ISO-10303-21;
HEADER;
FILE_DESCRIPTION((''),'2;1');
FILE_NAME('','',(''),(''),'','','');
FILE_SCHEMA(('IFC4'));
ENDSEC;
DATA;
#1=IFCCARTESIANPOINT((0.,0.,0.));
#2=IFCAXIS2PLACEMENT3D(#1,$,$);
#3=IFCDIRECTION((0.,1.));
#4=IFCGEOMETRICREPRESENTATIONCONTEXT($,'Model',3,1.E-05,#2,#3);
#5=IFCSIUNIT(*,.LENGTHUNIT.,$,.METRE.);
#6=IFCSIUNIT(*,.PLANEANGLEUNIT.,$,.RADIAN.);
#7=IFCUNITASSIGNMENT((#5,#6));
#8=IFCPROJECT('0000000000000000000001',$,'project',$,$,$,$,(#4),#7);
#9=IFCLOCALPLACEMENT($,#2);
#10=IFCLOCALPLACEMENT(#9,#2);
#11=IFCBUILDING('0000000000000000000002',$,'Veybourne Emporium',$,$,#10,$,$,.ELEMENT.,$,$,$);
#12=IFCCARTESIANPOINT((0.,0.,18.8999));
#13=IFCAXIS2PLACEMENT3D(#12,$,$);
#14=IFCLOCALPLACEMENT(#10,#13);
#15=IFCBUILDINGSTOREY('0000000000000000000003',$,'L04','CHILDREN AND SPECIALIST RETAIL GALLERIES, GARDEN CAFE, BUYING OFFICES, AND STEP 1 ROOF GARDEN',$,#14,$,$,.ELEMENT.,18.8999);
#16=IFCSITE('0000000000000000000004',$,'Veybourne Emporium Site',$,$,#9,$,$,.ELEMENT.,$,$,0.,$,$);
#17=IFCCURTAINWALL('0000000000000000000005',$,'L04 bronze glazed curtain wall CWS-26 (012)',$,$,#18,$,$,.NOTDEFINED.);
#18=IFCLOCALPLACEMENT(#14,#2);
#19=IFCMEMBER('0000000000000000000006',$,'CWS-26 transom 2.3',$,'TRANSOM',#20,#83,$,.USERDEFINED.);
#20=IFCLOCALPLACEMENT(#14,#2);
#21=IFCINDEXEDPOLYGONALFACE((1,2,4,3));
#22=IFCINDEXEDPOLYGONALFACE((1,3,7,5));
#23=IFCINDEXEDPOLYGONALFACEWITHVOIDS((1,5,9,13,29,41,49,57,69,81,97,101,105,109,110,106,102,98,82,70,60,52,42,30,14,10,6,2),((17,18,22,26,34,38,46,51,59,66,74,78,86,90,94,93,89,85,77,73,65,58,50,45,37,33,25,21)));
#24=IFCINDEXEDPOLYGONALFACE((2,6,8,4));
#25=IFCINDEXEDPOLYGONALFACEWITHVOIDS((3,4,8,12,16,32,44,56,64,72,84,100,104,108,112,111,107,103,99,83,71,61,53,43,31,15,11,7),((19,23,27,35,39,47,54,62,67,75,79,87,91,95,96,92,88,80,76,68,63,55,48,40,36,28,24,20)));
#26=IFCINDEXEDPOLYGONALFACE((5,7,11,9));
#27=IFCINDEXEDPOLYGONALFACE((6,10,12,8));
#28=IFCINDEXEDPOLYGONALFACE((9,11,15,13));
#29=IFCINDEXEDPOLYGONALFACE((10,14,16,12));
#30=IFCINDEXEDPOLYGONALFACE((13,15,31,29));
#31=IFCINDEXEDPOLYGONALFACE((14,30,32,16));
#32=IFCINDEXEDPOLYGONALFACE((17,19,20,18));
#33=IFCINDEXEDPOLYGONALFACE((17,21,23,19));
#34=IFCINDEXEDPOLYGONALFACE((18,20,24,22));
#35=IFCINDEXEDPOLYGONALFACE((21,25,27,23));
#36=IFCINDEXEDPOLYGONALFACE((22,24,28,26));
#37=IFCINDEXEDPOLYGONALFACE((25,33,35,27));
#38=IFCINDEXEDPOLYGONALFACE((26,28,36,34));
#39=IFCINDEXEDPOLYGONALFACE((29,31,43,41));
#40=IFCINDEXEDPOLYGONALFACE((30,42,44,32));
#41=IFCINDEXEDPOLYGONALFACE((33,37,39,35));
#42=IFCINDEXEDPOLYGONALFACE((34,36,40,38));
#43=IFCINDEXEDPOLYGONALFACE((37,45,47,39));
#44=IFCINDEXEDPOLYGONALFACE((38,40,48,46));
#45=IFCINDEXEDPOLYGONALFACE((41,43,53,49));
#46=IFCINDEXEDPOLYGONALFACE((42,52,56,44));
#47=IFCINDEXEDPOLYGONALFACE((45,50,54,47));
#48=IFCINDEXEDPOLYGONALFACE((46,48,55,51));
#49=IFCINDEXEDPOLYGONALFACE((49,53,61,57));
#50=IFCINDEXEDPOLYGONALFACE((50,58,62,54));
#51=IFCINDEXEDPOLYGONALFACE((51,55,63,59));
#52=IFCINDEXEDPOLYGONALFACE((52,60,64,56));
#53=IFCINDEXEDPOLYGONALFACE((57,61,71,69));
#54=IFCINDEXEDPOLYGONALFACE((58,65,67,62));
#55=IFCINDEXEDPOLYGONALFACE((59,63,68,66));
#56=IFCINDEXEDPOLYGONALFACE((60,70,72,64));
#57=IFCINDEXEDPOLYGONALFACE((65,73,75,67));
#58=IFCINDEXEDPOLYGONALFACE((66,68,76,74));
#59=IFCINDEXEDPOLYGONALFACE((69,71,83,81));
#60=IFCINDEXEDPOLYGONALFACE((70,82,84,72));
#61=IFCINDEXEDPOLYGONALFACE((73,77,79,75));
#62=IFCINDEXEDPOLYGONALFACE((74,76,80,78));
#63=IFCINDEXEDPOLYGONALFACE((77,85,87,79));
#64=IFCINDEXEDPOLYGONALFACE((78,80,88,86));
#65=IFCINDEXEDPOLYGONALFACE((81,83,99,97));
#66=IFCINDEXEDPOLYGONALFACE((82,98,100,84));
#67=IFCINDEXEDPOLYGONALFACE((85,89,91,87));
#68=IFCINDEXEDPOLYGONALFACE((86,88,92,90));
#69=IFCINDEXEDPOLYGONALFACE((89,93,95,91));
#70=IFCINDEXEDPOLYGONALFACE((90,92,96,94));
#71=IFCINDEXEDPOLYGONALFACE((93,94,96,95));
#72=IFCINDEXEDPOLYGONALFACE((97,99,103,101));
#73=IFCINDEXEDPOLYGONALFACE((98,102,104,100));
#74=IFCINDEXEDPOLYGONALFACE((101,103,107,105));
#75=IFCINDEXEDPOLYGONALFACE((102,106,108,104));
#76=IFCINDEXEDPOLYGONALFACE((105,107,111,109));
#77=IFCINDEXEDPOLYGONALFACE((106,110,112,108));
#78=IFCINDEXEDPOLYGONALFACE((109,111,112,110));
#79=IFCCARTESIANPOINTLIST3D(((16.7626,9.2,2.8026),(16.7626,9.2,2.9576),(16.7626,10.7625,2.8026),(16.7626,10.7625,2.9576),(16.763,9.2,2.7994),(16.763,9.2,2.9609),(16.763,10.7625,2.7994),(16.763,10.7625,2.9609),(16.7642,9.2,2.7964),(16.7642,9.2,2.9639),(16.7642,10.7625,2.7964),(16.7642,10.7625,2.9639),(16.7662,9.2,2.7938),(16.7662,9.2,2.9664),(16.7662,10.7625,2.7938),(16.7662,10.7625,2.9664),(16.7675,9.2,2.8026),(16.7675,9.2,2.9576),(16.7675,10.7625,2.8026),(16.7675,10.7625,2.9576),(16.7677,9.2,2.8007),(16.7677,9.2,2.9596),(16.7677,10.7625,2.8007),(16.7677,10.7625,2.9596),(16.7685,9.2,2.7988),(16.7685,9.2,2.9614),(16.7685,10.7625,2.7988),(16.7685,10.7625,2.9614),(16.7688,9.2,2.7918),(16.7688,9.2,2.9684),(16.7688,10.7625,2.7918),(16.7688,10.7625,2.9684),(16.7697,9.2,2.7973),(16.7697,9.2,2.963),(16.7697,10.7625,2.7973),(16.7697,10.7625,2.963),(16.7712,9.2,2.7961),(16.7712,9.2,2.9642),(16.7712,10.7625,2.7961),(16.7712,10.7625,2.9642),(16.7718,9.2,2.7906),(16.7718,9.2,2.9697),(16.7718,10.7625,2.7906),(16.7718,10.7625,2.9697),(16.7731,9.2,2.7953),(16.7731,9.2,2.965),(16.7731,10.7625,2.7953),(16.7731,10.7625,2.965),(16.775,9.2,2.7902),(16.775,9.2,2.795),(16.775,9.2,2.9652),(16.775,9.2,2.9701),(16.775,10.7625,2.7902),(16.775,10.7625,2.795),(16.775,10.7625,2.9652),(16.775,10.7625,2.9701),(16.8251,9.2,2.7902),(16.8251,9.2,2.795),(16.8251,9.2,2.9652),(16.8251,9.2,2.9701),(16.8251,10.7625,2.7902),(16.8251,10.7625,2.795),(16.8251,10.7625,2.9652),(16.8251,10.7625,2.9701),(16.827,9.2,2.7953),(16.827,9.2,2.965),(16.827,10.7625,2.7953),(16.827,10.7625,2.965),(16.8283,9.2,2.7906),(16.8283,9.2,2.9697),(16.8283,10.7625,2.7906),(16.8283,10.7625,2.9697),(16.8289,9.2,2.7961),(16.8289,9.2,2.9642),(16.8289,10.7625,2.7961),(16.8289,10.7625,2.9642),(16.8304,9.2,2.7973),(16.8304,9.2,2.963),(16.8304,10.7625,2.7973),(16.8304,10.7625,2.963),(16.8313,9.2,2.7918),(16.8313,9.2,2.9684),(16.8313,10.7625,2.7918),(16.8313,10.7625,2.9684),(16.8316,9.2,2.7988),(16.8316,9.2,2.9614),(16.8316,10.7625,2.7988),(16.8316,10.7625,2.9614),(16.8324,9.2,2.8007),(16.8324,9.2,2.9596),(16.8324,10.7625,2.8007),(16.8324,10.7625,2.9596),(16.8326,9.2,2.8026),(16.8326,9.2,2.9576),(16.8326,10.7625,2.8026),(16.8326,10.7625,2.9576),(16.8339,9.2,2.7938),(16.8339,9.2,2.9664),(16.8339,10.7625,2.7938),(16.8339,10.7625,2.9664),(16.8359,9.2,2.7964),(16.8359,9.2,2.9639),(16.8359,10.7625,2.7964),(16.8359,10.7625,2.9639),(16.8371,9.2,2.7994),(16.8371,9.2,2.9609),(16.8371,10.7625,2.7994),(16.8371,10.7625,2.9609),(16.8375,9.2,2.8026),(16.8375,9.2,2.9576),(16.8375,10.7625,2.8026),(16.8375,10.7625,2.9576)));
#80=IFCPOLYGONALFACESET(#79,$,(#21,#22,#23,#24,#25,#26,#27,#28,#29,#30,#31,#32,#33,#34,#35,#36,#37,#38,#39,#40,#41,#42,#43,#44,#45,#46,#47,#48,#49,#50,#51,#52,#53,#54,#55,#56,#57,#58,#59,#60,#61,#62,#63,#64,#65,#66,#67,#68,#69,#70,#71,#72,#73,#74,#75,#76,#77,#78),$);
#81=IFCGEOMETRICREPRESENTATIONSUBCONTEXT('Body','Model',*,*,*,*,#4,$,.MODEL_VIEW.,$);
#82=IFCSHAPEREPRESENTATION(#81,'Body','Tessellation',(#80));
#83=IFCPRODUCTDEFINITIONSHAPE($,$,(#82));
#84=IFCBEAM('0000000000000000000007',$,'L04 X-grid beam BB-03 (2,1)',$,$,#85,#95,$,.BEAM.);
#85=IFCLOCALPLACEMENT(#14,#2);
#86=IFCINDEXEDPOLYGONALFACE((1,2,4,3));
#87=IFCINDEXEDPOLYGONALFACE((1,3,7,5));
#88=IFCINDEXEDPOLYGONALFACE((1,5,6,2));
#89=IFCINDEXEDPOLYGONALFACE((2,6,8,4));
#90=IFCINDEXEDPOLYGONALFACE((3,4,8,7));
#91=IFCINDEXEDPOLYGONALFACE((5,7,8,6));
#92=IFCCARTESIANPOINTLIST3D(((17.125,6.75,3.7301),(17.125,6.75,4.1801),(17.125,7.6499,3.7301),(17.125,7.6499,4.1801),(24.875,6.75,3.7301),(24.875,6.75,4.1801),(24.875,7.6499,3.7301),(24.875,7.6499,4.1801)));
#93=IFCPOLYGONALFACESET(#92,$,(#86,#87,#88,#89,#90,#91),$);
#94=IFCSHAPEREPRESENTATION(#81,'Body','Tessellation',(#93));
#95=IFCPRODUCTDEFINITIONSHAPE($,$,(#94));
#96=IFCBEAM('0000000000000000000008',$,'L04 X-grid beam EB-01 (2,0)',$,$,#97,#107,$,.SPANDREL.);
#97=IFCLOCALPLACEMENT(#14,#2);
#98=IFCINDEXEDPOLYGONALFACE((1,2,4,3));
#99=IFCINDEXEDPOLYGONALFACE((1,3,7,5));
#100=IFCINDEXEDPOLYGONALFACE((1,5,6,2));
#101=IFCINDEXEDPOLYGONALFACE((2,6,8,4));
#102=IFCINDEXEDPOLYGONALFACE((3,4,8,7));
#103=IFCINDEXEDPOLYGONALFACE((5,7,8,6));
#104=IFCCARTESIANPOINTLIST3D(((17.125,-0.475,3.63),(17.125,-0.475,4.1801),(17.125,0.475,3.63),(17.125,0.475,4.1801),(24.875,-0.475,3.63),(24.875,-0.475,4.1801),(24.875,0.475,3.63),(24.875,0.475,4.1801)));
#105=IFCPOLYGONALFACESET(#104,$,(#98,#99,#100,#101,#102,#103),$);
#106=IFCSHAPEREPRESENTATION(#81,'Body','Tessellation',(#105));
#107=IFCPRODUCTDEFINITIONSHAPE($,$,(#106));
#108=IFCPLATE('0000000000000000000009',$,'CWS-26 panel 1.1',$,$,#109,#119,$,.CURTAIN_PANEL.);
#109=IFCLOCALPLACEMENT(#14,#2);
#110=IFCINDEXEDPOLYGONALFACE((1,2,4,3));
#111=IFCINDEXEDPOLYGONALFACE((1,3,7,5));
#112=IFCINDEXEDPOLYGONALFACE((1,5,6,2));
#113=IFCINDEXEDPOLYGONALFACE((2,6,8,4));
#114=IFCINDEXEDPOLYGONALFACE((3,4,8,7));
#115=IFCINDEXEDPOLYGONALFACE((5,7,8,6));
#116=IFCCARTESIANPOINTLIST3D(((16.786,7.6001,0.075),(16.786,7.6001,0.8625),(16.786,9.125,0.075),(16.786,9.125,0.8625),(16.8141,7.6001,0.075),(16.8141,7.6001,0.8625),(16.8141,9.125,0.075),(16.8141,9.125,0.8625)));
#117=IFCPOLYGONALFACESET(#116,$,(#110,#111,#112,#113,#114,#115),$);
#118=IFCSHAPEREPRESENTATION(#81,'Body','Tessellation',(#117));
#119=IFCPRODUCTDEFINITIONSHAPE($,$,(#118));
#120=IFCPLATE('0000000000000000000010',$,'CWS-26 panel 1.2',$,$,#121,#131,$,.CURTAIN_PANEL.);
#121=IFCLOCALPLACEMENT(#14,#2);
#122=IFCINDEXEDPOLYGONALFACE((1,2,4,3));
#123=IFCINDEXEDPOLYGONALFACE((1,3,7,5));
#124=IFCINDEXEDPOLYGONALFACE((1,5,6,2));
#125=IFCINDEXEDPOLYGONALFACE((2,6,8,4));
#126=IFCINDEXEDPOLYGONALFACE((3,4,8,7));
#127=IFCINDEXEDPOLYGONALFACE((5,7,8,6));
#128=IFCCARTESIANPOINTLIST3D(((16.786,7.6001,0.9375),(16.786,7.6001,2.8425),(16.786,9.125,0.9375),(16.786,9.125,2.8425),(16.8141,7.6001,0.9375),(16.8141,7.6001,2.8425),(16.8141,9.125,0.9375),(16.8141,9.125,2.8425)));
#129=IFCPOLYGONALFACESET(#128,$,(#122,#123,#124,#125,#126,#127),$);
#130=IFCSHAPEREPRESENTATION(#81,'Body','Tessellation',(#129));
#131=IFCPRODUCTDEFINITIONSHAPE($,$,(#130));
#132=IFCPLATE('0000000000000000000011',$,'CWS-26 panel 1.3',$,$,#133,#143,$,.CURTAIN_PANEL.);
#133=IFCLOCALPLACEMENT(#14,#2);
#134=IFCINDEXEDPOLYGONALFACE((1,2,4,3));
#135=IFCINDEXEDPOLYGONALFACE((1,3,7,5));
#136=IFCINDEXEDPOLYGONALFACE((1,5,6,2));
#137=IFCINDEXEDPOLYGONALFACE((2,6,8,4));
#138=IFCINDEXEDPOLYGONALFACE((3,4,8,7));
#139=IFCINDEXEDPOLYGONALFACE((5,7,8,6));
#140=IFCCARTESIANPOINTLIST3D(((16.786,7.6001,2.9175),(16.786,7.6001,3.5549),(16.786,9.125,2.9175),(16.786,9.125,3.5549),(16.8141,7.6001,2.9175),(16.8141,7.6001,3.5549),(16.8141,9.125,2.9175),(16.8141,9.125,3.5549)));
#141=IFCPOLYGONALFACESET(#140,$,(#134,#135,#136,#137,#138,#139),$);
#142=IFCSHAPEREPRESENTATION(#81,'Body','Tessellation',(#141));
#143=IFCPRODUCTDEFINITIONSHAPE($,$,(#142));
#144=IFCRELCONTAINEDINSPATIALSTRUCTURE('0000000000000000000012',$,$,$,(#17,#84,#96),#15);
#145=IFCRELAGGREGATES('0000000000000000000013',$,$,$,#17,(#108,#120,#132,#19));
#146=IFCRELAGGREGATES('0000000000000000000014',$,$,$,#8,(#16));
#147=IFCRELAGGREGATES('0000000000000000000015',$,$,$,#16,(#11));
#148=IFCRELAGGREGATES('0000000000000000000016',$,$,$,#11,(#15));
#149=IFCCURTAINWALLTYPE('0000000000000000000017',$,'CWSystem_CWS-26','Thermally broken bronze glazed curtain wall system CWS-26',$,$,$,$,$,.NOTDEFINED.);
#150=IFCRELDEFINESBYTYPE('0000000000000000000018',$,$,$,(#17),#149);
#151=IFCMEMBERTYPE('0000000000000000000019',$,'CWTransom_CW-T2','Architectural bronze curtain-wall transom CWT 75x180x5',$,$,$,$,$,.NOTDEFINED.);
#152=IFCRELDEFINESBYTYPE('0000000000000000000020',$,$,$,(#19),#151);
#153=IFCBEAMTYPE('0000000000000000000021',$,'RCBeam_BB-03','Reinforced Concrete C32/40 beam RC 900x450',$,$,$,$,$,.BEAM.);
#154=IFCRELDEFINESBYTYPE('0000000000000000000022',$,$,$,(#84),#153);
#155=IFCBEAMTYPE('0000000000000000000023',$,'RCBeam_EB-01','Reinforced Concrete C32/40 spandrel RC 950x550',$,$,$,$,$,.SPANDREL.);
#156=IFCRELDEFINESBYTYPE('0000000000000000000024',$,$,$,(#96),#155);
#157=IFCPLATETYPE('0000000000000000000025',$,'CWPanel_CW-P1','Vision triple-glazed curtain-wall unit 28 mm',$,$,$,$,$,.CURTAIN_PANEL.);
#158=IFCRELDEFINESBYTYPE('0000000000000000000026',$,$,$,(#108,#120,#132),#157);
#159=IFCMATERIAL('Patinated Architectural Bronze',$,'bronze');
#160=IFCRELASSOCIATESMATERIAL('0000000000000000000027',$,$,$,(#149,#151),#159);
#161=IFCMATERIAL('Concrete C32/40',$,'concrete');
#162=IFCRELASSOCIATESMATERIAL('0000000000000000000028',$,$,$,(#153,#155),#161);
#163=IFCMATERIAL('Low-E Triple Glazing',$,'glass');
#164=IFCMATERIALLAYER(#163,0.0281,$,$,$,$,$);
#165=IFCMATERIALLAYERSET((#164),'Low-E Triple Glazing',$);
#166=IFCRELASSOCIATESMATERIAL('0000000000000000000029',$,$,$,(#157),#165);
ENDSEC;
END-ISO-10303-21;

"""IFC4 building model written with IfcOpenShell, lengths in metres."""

from ifc_helpers import new_model, si_unit, direction, frame, origin, origin_2d, place, context, subcontext, project, spatial, rectangle, hollow_rectangle, extrude, material, layer, layer_set, material_profile, profile_set, type_object, element, aggregate, save


model = new_model("IFC4")

# Units and contexts
model_context = context("Model", 3, precision=1e-05, world=origin(), true_north=direction((0.0, 1.0)))
body_context = subcontext(model_context, "Body", "Model", "MODEL_VIEW")
ifc_project = project(units=[si_unit("LENGTHUNIT", "METRE"), si_unit("PLANEANGLEUNIT", "RADIAN")], contexts=[model_context])

# Site, building, storey
site_placement = place(None, origin())
site = spatial("IfcSite", under=ifc_project, at=site_placement, Name="Veybourne Emporium Site", CompositionType="ELEMENT", RefElevation=0.0)
building_placement = place(site_placement, origin())
building = spatial("IfcBuilding", under=site, at=building_placement, Name="Veybourne Emporium", CompositionType="ELEMENT")
storey_placement = place(building_placement, frame((0.0, 0.0, 18.8999)))
storey = spatial("IfcBuildingStorey", under=building, at=storey_placement, Name="L04", Description="CHILDREN AND SPECIALIST RETAIL GALLERIES, GARDEN CAFE, BUYING OFFICES, AND STEP 1 ROOF GARDEN", CompositionType="ELEMENT", Elevation=18.8999)

# Curtain wall, member
ifc_material_1 = material(Name="Patinated Architectural Bronze", Category="bronze")
curtain_wall_type = type_object("IfcCurtainWallType", Name="CWSystem_CWS-26", Description="Thermally broken bronze glazed curtain wall system CWS-26", PredefinedType="NOTDEFINED", material=ifc_material_1)
curtain_wall_placement = place(storey_placement, origin())
curtain_wall = element("IfcCurtainWall", 1, at=curtain_wall_placement, inside=storey, type_object=curtain_wall_type, Name="L04 bronze glazed curtain wall CWS-26 (012)", PredefinedType="NOTDEFINED")
ifc_material_profile_1 = material_profile(ifc_material_1, hollow_rectangle(XDim=0.075, YDim=0.1799, WallThickness=0.0049, InnerFilletRadius=0.0076, OuterFilletRadius=0.0125, at=origin_2d()), Name="CWT 75x180x5")
ifc_profile_set_1 = profile_set([ifc_material_profile_1], Name="Patinated Architectural Bronze")
member_type_1 = type_object("IfcMemberType", Name="CWTransom_CW-T2", Description="Architectural bronze curtain-wall transom CWT 75x180x5", PredefinedType="NOTDEFINED", material=ifc_profile_set_1)
member_1_placement = place(storey_placement, frame((16.8, 9.2, 2.8801), z_axis=(0.0, 1.0, 0.0), x_axis=(-1.0, 0.0, 0.0)))
member_1 = element("IfcMember", 2, at=member_1_placement, type_object=member_type_1, Name="CWS-26 transom 2.3", ObjectType="TRANSOM", PredefinedType="USERDEFINED", context=body_context, shape_type="SweptSolid", body=[
    extrude(hollow_rectangle(XDim=0.075, YDim=0.1799, WallThickness=0.0049, InnerFilletRadius=0.0076, OuterFilletRadius=0.0125, at=origin_2d()), origin(), (0.0, 0.0, 1.0), 1.5625),
])

# Beams
ifc_material_2 = material(Name="Concrete C32/40", Category="concrete")
ifc_material_profile_2 = material_profile(ifc_material_2, rectangle(XDim=0.8999, YDim=0.45, at=origin_2d()), Name="RC 900x450")
ifc_profile_set_2 = profile_set([ifc_material_profile_2], Name="Concrete C32/40")
beam_type_1 = type_object("IfcBeamType", Name="RCBeam_BB-03", Description="Reinforced Concrete C32/40 beam RC 900x450", PredefinedType="BEAM", material=ifc_profile_set_2)
beam_1_placement = place(storey_placement, frame((17.125, 7.2, 3.9551), z_axis=(1.0, 0.0, 0.0), x_axis=(0.0, 1.0, 0.0)))
element("IfcBeam", 3, at=beam_1_placement, inside=storey, type_object=beam_type_1, Name="L04 X-grid beam BB-03 (2,1)", PredefinedType="BEAM", context=body_context, shape_type="SweptSolid", body=[
    extrude(rectangle(XDim=0.8999, YDim=0.45, at=origin_2d()), origin(), (0.0, 0.0, 1.0), 7.75),
])
ifc_material_profile_3 = material_profile(ifc_material_2, rectangle(XDim=0.95, YDim=0.55, at=origin_2d()), Name="RC 950x550")
ifc_profile_set_3 = profile_set([ifc_material_profile_3], Name="Concrete C32/40")
beam_type_2 = type_object("IfcBeamType", Name="RCBeam_EB-01", Description="Reinforced Concrete C32/40 spandrel RC 950x550", PredefinedType="SPANDREL", material=ifc_profile_set_3)
beam_2_placement = place(storey_placement, frame((17.125, 0.0, 3.905), z_axis=(1.0, 0.0, 0.0), x_axis=(0.0, 1.0, 0.0)))
element("IfcBeam", 4, at=beam_2_placement, inside=storey, type_object=beam_type_2, Name="L04 X-grid beam EB-01 (2,0)", PredefinedType="SPANDREL", context=body_context, shape_type="SweptSolid", body=[
    extrude(rectangle(XDim=0.95, YDim=0.55, at=origin_2d()), origin(), (0.0, 0.0, 1.0), 7.75),
])

# Plates
ifc_material_3 = material(Name="Low-E Triple Glazing", Category="glass")
ifc_layer_1 = layer(ifc_material_3, 0.0281)
ifc_layer_set_1 = layer_set([ifc_layer_1], Name="Low-E Triple Glazing")
plate_type = type_object("IfcPlateType", Name="CWPanel_CW-P1", Description="Vision triple-glazed curtain-wall unit 28 mm", PredefinedType="CURTAIN_PANEL", material=ifc_layer_set_1)
plate_1_placement = place(storey_placement, frame((16.8, 8.3625, 0.075), z_axis=(0.0, 0.0, 1.0), x_axis=(0.0, 1.0, 0.0)))
plate_1 = element("IfcPlate", 5, at=plate_1_placement, type_object=plate_type, Name="CWS-26 panel 1.1", PredefinedType="CURTAIN_PANEL", context=body_context, shape_type="SweptSolid", body=[
    extrude(rectangle(XDim=1.5249, YDim=0.0281, at=origin_2d()), origin(), (0.0, 0.0, 1.0), 0.7876),
])
plate_2_placement = place(storey_placement, frame((16.8, 8.3625, 0.9375), z_axis=(0.0, 0.0, 1.0), x_axis=(0.0, 1.0, 0.0)))
plate_2 = element("IfcPlate", 6, at=plate_2_placement, type_object=plate_type, Name="CWS-26 panel 1.2", PredefinedType="CURTAIN_PANEL", context=body_context, shape_type="SweptSolid", body=[
    extrude(rectangle(XDim=1.5249, YDim=0.0281, at=origin_2d()), origin(), (0.0, 0.0, 1.0), 1.905),
])
plate_3_placement = place(storey_placement, frame((16.8, 8.3625, 2.9175), z_axis=(0.0, 0.0, 1.0), x_axis=(0.0, 1.0, 0.0)))
plate_3 = element("IfcPlate", 7, at=plate_3_placement, type_object=plate_type, Name="CWS-26 panel 1.3", PredefinedType="CURTAIN_PANEL", context=body_context, shape_type="SweptSolid", body=[
    extrude(rectangle(XDim=1.5249, YDim=0.0281, at=origin_2d()), origin(), (0.0, 0.0, 1.0), 0.6375),
])
aggregate(curtain_wall, [plate_1, plate_2, plate_3, member_1])

save(model, "model.ifc")
